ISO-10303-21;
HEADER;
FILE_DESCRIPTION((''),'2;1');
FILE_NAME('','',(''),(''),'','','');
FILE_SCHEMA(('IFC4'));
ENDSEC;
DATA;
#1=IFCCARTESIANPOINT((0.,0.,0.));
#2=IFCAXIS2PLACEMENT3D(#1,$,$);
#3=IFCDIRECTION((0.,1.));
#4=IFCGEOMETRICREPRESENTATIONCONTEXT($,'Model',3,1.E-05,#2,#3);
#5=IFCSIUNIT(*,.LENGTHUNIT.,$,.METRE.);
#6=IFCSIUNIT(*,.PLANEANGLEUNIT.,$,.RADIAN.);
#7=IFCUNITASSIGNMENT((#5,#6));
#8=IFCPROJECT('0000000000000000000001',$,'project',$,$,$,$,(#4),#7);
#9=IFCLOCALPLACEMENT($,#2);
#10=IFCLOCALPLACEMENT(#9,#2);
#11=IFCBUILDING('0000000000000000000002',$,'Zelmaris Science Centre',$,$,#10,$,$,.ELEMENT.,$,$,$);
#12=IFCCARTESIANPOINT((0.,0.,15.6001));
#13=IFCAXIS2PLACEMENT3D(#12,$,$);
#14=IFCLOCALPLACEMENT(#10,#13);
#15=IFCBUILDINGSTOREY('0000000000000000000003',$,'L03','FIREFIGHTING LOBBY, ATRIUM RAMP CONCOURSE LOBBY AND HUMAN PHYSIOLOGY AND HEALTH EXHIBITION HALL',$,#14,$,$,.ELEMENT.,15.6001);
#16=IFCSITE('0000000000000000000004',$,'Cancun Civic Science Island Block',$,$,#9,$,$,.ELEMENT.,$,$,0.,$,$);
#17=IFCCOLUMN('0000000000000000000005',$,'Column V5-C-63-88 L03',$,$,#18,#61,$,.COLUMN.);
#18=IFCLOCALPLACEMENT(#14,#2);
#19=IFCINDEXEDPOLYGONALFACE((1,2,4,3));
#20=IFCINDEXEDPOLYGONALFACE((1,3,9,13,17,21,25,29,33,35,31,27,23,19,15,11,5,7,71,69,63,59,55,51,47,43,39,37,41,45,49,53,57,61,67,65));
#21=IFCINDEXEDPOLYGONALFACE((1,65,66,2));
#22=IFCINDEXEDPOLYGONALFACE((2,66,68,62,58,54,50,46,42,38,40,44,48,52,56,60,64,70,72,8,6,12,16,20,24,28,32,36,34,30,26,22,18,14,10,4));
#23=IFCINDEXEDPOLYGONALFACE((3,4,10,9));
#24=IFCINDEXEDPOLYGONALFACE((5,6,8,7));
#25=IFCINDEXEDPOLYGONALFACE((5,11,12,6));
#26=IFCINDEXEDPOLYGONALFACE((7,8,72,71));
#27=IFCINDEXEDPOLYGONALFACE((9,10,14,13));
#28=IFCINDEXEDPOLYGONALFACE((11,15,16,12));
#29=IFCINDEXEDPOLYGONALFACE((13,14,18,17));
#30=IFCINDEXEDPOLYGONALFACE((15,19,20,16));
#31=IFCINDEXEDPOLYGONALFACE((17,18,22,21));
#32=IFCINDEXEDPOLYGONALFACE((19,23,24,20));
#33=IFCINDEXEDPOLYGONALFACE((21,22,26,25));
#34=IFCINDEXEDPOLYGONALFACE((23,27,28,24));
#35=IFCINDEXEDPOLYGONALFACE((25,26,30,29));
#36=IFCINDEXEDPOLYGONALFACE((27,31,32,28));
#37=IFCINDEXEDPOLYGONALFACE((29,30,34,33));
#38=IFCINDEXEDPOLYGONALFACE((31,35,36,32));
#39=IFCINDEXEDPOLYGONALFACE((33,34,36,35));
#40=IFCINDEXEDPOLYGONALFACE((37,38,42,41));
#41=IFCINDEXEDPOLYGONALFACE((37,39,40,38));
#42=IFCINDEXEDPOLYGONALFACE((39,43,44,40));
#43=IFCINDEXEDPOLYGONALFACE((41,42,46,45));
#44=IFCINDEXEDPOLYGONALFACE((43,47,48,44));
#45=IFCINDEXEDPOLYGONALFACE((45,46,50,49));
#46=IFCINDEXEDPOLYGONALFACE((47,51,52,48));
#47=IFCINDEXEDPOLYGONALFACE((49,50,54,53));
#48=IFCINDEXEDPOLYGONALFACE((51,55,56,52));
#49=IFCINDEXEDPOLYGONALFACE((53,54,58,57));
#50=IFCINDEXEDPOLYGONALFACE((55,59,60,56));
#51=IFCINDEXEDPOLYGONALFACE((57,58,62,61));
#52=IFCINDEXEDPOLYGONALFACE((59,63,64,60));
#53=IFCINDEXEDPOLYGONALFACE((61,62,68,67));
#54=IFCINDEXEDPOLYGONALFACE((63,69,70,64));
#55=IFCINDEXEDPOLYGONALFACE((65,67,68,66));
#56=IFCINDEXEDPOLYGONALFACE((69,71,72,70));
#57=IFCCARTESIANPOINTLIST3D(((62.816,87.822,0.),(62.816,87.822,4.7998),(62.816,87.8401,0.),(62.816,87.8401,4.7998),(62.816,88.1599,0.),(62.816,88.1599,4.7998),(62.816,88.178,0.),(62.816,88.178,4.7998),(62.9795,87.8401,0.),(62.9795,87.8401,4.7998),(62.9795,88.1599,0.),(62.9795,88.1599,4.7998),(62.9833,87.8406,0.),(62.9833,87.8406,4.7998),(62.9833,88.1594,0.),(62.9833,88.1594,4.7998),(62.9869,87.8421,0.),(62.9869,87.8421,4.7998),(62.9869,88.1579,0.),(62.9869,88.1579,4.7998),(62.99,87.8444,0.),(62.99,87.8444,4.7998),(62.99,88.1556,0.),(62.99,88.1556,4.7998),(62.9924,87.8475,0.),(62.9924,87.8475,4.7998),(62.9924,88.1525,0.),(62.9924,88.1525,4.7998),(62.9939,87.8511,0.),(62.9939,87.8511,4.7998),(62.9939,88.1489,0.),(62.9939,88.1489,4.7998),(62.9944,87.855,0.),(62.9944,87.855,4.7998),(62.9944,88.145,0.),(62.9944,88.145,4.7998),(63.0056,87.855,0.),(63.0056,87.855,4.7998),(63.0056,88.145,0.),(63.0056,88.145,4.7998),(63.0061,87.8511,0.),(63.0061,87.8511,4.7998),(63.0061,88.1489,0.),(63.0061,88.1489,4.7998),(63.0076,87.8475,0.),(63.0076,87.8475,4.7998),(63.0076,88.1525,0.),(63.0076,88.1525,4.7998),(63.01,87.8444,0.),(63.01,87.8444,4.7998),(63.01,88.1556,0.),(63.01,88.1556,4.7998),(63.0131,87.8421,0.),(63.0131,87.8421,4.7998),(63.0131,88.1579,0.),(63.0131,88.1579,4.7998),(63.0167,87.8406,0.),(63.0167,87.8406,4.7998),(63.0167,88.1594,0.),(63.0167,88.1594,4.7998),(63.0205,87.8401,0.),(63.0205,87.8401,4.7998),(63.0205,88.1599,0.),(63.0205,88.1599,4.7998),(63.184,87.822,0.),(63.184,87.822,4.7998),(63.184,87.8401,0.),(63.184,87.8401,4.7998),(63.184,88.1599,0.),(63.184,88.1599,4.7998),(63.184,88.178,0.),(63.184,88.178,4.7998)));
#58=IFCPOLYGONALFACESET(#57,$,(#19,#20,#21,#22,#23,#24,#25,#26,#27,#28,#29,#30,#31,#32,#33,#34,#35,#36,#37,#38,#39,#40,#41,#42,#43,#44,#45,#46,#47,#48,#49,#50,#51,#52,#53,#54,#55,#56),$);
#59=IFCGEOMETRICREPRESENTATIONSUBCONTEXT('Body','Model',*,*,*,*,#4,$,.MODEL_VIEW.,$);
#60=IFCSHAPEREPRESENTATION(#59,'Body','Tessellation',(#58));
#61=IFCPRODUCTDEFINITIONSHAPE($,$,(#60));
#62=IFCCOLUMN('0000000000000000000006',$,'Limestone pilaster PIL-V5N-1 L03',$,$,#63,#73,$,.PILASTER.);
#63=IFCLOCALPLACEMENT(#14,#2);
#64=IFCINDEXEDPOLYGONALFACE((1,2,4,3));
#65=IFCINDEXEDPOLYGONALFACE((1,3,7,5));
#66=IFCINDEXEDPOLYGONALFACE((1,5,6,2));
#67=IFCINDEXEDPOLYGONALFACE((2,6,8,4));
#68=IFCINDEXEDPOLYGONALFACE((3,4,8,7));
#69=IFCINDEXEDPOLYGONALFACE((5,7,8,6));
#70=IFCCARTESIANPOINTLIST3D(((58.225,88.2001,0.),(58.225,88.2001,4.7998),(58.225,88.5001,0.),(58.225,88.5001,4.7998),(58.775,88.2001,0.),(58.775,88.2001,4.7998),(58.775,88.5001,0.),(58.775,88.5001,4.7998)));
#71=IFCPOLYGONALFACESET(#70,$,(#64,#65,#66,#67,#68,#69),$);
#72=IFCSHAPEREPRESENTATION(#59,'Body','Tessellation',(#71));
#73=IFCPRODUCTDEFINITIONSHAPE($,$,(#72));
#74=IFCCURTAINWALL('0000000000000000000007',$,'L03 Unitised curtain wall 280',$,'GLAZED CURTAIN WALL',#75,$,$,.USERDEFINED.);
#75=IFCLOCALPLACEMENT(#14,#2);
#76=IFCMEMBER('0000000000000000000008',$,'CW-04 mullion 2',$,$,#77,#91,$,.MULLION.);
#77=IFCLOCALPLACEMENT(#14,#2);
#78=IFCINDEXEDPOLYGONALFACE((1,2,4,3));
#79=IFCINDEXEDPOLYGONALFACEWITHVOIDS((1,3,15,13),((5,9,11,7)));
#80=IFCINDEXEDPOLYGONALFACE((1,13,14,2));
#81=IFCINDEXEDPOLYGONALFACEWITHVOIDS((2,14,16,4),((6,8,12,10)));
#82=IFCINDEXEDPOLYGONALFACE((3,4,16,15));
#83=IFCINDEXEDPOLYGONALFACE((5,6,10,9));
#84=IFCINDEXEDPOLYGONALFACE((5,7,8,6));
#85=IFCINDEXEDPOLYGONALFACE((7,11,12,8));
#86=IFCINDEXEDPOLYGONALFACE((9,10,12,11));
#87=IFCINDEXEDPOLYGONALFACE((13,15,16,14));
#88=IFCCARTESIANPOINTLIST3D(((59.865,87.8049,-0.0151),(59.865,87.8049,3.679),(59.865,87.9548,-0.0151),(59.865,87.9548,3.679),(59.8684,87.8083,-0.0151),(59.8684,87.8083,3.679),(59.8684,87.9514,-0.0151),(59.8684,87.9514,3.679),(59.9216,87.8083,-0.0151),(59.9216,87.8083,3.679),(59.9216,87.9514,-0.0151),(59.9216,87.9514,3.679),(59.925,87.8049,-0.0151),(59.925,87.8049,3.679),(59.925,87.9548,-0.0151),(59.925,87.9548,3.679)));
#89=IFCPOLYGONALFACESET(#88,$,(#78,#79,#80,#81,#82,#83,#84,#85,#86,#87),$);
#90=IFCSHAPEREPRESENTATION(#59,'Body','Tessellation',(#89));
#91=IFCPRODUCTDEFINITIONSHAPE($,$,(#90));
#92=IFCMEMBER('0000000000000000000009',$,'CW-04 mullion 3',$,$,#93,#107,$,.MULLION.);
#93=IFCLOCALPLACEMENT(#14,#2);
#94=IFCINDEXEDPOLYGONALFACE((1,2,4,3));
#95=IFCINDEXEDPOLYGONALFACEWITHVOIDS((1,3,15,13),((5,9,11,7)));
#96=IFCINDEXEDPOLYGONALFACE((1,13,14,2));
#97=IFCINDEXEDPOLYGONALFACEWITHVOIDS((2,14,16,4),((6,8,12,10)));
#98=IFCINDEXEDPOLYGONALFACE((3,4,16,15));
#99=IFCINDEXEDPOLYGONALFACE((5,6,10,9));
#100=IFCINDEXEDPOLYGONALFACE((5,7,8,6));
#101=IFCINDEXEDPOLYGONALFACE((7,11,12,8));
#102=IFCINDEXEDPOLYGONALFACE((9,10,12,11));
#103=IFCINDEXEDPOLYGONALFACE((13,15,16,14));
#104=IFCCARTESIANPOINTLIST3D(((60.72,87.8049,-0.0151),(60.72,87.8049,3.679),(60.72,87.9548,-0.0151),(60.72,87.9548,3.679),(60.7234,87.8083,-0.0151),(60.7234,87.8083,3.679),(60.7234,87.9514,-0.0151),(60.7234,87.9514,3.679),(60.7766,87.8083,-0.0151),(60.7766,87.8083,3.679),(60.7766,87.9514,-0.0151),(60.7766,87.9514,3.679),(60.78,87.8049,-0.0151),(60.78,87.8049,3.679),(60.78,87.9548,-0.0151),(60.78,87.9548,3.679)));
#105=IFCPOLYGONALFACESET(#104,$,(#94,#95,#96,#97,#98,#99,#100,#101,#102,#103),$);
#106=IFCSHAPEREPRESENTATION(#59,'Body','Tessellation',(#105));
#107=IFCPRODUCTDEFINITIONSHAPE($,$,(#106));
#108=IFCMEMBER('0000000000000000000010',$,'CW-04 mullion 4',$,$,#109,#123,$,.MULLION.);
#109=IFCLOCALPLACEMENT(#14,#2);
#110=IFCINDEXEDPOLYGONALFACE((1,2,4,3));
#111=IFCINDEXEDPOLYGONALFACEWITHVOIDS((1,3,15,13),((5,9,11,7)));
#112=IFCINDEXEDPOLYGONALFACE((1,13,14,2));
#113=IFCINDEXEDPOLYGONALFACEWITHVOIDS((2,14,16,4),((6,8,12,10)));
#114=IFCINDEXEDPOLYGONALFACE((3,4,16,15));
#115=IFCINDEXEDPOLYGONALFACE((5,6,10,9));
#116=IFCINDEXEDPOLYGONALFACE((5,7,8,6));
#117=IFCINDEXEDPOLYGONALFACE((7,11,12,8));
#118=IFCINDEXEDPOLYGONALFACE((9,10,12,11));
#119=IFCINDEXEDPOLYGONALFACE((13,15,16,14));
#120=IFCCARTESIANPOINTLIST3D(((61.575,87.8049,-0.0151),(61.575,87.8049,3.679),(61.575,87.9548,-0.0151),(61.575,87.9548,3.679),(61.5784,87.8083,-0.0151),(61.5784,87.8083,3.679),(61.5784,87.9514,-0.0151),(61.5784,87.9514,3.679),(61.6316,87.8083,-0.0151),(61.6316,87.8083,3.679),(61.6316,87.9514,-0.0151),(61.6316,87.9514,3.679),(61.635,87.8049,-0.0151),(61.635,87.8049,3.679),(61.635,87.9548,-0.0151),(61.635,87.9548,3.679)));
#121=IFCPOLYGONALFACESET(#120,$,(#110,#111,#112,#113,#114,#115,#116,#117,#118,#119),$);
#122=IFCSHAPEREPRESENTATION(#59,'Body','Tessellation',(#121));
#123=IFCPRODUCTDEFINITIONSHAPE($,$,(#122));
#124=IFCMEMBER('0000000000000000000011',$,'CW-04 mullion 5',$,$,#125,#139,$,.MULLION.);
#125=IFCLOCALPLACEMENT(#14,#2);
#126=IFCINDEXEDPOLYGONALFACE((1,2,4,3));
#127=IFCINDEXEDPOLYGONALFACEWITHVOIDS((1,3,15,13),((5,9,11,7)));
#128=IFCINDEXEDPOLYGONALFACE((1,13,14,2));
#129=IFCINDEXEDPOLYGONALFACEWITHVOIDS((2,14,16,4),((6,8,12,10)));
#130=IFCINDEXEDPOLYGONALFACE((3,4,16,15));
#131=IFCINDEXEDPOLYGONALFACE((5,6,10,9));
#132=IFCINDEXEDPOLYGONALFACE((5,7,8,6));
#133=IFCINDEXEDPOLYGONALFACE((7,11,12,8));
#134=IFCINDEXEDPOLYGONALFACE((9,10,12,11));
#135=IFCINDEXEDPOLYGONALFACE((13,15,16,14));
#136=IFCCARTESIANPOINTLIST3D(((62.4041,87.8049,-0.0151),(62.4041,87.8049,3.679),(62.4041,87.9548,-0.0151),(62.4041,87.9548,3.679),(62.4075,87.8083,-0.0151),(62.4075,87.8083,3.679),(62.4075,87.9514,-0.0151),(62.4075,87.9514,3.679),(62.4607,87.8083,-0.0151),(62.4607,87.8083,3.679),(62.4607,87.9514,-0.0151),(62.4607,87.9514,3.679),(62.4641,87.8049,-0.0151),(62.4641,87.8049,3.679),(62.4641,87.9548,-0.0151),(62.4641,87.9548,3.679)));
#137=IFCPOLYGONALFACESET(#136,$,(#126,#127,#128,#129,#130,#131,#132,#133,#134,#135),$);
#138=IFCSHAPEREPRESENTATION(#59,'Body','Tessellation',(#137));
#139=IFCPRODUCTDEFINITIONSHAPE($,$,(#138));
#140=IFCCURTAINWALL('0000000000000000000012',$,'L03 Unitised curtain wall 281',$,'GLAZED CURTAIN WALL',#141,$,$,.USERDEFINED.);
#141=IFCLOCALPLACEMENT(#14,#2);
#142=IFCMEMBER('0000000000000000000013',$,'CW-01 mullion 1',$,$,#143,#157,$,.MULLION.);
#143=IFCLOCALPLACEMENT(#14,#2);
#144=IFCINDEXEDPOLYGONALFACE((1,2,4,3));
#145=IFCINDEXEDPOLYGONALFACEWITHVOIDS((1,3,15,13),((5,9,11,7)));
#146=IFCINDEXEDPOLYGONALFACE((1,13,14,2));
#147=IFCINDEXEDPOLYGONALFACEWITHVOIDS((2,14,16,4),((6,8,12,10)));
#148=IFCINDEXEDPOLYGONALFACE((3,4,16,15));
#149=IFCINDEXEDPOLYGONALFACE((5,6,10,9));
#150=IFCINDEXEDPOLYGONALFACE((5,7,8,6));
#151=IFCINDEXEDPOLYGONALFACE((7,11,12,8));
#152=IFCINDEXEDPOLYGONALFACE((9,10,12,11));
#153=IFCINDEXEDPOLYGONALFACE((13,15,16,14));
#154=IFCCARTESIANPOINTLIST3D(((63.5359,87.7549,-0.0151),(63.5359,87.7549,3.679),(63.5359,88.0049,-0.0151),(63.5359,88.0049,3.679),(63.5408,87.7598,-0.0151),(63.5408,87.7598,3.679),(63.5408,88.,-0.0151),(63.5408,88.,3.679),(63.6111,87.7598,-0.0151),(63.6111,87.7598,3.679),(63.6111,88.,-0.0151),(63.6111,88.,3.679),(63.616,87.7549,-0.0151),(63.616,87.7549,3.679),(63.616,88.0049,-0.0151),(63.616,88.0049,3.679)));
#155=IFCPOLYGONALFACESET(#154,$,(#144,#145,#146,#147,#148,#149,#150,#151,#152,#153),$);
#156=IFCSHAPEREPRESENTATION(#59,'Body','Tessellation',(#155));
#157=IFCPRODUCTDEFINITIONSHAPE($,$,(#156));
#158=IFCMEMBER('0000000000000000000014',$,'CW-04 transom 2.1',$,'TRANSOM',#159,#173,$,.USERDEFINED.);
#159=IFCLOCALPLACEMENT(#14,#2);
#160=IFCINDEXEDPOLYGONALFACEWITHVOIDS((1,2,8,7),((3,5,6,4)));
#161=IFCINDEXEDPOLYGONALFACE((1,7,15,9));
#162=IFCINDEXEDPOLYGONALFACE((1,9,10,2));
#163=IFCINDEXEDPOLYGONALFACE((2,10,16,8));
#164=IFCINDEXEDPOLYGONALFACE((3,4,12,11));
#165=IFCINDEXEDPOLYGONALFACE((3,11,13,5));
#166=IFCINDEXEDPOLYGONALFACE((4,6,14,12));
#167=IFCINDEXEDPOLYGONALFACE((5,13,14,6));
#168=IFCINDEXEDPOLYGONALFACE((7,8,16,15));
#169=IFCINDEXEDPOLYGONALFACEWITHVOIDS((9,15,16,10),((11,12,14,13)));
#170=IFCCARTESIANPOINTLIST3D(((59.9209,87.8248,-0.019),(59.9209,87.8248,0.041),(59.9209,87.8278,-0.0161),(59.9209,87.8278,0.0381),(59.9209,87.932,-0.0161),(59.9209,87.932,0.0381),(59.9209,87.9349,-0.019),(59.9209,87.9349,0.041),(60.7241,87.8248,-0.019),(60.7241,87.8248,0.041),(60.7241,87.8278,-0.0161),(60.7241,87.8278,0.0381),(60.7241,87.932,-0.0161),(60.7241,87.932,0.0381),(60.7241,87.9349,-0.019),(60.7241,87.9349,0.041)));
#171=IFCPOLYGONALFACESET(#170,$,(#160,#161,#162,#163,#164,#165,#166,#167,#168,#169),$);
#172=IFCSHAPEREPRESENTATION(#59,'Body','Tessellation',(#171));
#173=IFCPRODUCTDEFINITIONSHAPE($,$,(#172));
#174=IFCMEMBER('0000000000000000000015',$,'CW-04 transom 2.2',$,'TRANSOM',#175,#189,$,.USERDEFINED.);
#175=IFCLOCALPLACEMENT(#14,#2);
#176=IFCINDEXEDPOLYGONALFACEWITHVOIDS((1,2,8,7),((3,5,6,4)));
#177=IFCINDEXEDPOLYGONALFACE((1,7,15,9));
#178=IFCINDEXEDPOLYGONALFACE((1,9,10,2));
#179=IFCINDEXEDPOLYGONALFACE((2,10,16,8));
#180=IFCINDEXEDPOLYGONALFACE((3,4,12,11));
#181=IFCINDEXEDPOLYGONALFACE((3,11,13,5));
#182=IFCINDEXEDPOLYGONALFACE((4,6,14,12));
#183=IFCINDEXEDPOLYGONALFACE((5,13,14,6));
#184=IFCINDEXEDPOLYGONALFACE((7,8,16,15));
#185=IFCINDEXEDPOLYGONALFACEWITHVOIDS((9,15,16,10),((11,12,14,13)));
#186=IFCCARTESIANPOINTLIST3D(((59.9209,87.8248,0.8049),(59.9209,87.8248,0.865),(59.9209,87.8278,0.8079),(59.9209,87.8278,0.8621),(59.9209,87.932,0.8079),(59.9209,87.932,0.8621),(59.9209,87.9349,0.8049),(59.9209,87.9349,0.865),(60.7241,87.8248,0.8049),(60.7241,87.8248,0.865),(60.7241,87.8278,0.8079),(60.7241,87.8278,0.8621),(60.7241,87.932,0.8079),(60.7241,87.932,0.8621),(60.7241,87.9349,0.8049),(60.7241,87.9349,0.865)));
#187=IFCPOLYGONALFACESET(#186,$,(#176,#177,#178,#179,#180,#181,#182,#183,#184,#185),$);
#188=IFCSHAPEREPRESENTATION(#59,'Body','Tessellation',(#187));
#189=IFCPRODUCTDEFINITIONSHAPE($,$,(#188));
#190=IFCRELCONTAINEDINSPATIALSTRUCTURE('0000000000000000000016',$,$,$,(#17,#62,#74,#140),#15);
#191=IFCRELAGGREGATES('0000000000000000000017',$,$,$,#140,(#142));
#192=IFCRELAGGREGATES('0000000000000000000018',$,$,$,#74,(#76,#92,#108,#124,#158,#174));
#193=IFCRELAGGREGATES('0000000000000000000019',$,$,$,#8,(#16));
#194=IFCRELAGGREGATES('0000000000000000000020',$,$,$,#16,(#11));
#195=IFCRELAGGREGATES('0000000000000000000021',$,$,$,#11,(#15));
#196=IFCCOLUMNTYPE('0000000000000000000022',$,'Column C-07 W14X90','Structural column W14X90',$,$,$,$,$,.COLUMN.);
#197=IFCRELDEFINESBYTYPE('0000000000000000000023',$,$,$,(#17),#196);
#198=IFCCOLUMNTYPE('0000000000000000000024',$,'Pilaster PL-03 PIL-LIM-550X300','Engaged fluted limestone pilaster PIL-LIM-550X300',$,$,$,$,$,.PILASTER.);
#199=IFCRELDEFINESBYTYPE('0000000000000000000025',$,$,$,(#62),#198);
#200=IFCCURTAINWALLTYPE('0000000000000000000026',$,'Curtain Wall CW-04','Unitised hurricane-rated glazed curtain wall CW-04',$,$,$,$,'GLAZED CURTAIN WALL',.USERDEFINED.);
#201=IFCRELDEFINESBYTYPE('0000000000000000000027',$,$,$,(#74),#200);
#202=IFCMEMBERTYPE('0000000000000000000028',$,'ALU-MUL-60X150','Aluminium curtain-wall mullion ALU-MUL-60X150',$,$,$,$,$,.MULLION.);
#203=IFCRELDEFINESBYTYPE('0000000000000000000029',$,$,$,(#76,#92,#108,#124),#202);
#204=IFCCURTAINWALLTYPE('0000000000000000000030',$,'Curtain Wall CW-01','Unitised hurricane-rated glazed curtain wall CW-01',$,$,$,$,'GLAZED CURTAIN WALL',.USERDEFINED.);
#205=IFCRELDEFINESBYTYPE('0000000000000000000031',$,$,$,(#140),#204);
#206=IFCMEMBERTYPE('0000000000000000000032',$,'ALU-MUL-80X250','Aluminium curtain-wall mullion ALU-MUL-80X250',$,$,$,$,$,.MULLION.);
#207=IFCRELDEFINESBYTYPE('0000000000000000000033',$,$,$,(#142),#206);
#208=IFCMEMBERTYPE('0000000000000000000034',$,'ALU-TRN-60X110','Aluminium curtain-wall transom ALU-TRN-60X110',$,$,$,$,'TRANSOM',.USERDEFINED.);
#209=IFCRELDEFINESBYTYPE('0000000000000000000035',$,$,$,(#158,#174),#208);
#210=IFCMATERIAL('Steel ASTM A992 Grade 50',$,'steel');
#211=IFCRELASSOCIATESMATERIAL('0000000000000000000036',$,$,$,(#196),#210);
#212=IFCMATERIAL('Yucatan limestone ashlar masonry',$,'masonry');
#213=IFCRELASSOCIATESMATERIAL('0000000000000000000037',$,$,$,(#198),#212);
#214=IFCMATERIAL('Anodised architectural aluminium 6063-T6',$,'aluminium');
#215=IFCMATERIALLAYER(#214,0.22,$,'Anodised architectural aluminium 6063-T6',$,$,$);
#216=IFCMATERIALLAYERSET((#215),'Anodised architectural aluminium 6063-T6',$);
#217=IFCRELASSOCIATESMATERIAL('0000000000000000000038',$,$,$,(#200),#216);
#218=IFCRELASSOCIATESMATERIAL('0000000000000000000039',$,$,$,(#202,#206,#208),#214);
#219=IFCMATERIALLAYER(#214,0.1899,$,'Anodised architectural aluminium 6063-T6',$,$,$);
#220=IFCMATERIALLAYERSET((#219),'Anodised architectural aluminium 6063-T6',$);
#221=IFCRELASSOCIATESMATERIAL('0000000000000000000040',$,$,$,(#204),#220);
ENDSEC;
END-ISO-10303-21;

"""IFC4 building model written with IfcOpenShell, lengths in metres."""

from ifc_helpers import new_model, si_unit, direction, frame, origin, origin_2d, place, context, subcontext, project, spatial, rectangle, hollow_rectangle, i_section, extrude, material, layer, layer_set, material_profile, profile_set, type_object, element, aggregate, save


model = new_model("IFC4")

# Units and contexts
model_context = context("Model", 3, precision=1e-05, world=origin(), true_north=direction((0.0, 1.0)))
body_context = subcontext(model_context, "Body", "Model", "MODEL_VIEW")
ifc_project = project(units=[si_unit("LENGTHUNIT", "METRE"), si_unit("PLANEANGLEUNIT", "RADIAN")], contexts=[model_context])

# Site, building, storey
site_placement = place(None, origin())
site = spatial("IfcSite", under=ifc_project, at=site_placement, Name="Cancun Civic Science Island Block", CompositionType="ELEMENT", RefElevation=0.0)
building_placement = place(site_placement, origin())
building = spatial("IfcBuilding", under=site, at=building_placement, Name="Zelmaris Science Centre", CompositionType="ELEMENT")
storey_placement = place(building_placement, frame((0.0, 0.0, 15.6001)))
storey = spatial("IfcBuildingStorey", under=building, at=storey_placement, Name="L03", Description="FIREFIGHTING LOBBY, ATRIUM RAMP CONCOURSE LOBBY AND HUMAN PHYSIOLOGY AND HEALTH EXHIBITION HALL", CompositionType="ELEMENT", Elevation=15.6001)

# Columns
ifc_material_1 = material(Name="Steel ASTM A992 Grade 50", Category="steel")
ifc_material_profile_1 = material_profile(ifc_material_1, i_section(OverallWidth=0.3679, OverallDepth=0.356, WebThickness=0.0112, FlangeThickness=0.0181, FilletRadius=0.0149, at=origin_2d()), Name="W14X90")
ifc_profile_set_1 = profile_set([ifc_material_profile_1], Name="Steel ASTM A992 Grade 50")
column_type_1 = type_object("IfcColumnType", Name="Column C-07 W14X90", Description="Structural column W14X90", PredefinedType="COLUMN", material=ifc_profile_set_1)
column_1_placement = place(storey_placement, frame((63.0, 88.0, 0.0), z_axis=(0.0, 0.0, 1.0), x_axis=(1.0, 0.0, 0.0)))
element("IfcColumn", 1, at=column_1_placement, inside=storey, type_object=column_type_1, Name="Column V5-C-63-88 L03", PredefinedType="COLUMN", context=body_context, shape_type="SweptSolid", body=[
    extrude(i_section(OverallWidth=0.3679, OverallDepth=0.356, WebThickness=0.0112, FlangeThickness=0.0181, FilletRadius=0.0149, at=origin_2d()), origin(), (0.0, 0.0, 1.0), 4.7998),
])
ifc_material_2 = material(Name="Yucatan limestone ashlar masonry", Category="masonry")
ifc_material_profile_2 = material_profile(ifc_material_2, rectangle(XDim=0.55, YDim=0.3, at=origin_2d()), Name="PIL-LIM-550X300")
ifc_profile_set_2 = profile_set([ifc_material_profile_2], Name="Yucatan limestone ashlar masonry")
column_type_2 = type_object("IfcColumnType", Name="Pilaster PL-03 PIL-LIM-550X300", Description="Engaged fluted limestone pilaster PIL-LIM-550X300", PredefinedType="PILASTER", material=ifc_profile_set_2)
column_2_placement = place(storey_placement, frame((58.5, 88.3501, 0.0), z_axis=(0.0, 0.0, 1.0), x_axis=(1.0, 0.0, 0.0)))
element("IfcColumn", 2, at=column_2_placement, inside=storey, type_object=column_type_2, Name="Limestone pilaster PIL-V5N-1 L03", PredefinedType="PILASTER", context=body_context, shape_type="SweptSolid", body=[
    extrude(rectangle(XDim=0.55, YDim=0.3, at=origin_2d()), origin(), (0.0, 0.0, 1.0), 4.7998),
])

# Curtain wall, members
ifc_material_3 = material(Name="Anodised architectural aluminium 6063-T6", Category="aluminium")
ifc_layer_1 = layer(ifc_material_3, 0.22, Name="Anodised architectural aluminium 6063-T6")
ifc_layer_set_1 = layer_set([ifc_layer_1], Name="Anodised architectural aluminium 6063-T6")
curtain_wall_type_1 = type_object("IfcCurtainWallType", Name="Curtain Wall CW-04", Description="Unitised hurricane-rated glazed curtain wall CW-04", ElementType="GLAZED CURTAIN WALL", PredefinedType="USERDEFINED", material=ifc_layer_set_1)
curtain_wall_1_placement = place(storey_placement, origin())
curtain_wall_1 = element("IfcCurtainWall", 3, at=curtain_wall_1_placement, inside=storey, type_object=curtain_wall_type_1, Name="L03 Unitised curtain wall 280", ObjectType="GLAZED CURTAIN WALL", PredefinedType="USERDEFINED")
ifc_material_profile_3 = material_profile(ifc_material_3, hollow_rectangle(XDim=0.0601, YDim=0.1499, WallThickness=0.0034, at=origin_2d()), Name="ALU-MUL-60X150")
ifc_profile_set_3 = profile_set([ifc_material_profile_3], Name="Anodised architectural aluminium 6063-T6")
member_type_1 = type_object("IfcMemberType", Name="ALU-MUL-60X150", Description="Aluminium curtain-wall mullion ALU-MUL-60X150", PredefinedType="MULLION", material=ifc_profile_set_3)
member_1_placement = place(storey_placement, frame((59.895, 87.8799, -0.0151), z_axis=(0.0, 0.0, 1.0), x_axis=(1.0, 0.0, 0.0)))
member_1 = element("IfcMember", 4, at=member_1_placement, type_object=member_type_1, Name="CW-04 mullion 2", PredefinedType="MULLION", context=body_context, shape_type="SweptSolid", body=[
    extrude(hollow_rectangle(XDim=0.0601, YDim=0.1499, WallThickness=0.0034, at=origin_2d()), origin(), (0.0, 0.0, 1.0), 3.6941),
])
member_2_placement = place(storey_placement, frame((60.75, 87.8799, -0.0151), z_axis=(0.0, 0.0, 1.0), x_axis=(1.0, 0.0, 0.0)))
member_2 = element("IfcMember", 5, at=member_2_placement, type_object=member_type_1, Name="CW-04 mullion 3", PredefinedType="MULLION", context=body_context, shape_type="SweptSolid", body=[
    extrude(hollow_rectangle(XDim=0.0601, YDim=0.1499, WallThickness=0.0034, at=origin_2d()), origin(), (0.0, 0.0, 1.0), 3.6941),
])
member_3_placement = place(storey_placement, frame((61.605, 87.8799, -0.0151), z_axis=(0.0, 0.0, 1.0), x_axis=(1.0, 0.0, 0.0)))
member_3 = element("IfcMember", 6, at=member_3_placement, type_object=member_type_1, Name="CW-04 mullion 4", PredefinedType="MULLION", context=body_context, shape_type="SweptSolid", body=[
    extrude(hollow_rectangle(XDim=0.0601, YDim=0.1499, WallThickness=0.0034, at=origin_2d()), origin(), (0.0, 0.0, 1.0), 3.6941),
])
member_4_placement = place(storey_placement, frame((62.4341, 87.8799, -0.0151), z_axis=(0.0, 0.0, 1.0), x_axis=(1.0, 0.0, 0.0)))
member_4 = element("IfcMember", 7, at=member_4_placement, type_object=member_type_1, Name="CW-04 mullion 5", PredefinedType="MULLION", context=body_context, shape_type="SweptSolid", body=[
    extrude(hollow_rectangle(XDim=0.0601, YDim=0.1499, WallThickness=0.0034, at=origin_2d()), origin(), (0.0, 0.0, 1.0), 3.6941),
])

# Curtain wall, member
ifc_layer_2 = layer(ifc_material_3, 0.1899, Name="Anodised architectural aluminium 6063-T6")
ifc_layer_set_2 = layer_set([ifc_layer_2], Name="Anodised architectural aluminium 6063-T6")
curtain_wall_type_2 = type_object("IfcCurtainWallType", Name="Curtain Wall CW-01", Description="Unitised hurricane-rated glazed curtain wall CW-01", ElementType="GLAZED CURTAIN WALL", PredefinedType="USERDEFINED", material=ifc_layer_set_2)
curtain_wall_2_placement = place(storey_placement, origin())
curtain_wall_2 = element("IfcCurtainWall", 8, at=curtain_wall_2_placement, inside=storey, type_object=curtain_wall_type_2, Name="L03 Unitised curtain wall 281", ObjectType="GLAZED CURTAIN WALL", PredefinedType="USERDEFINED")
ifc_material_profile_4 = material_profile(ifc_material_3, hollow_rectangle(XDim=0.0801, YDim=0.25, WallThickness=0.0049, at=origin_2d()), Name="ALU-MUL-80X250")
ifc_profile_set_4 = profile_set([ifc_material_profile_4], Name="Anodised architectural aluminium 6063-T6")
member_type_2 = type_object("IfcMemberType", Name="ALU-MUL-80X250", Description="Aluminium curtain-wall mullion ALU-MUL-80X250", PredefinedType="MULLION", material=ifc_profile_set_4)
member_5_placement = place(storey_placement, frame((63.5759, 87.8799, -0.0151), z_axis=(0.0, 0.0, 1.0), x_axis=(1.0, 0.0, 0.0)))
member_5 = element("IfcMember", 9, at=member_5_placement, type_object=member_type_2, Name="CW-01 mullion 1", PredefinedType="MULLION", context=body_context, shape_type="SweptSolid", body=[
    extrude(hollow_rectangle(XDim=0.0801, YDim=0.25, WallThickness=0.0049, at=origin_2d()), origin(), (0.0, 0.0, 1.0), 3.6941),
])

# Members
ifc_material_profile_5 = material_profile(ifc_material_3, hollow_rectangle(XDim=0.0601, YDim=0.1101, WallThickness=0.0029, at=origin_2d()), Name="ALU-TRN-60X110")
ifc_profile_set_5 = profile_set([ifc_material_profile_5], Name="Anodised architectural aluminium 6063-T6")
member_type_3 = type_object("IfcMemberType", Name="ALU-TRN-60X110", Description="Aluminium curtain-wall transom ALU-TRN-60X110", ElementType="TRANSOM", PredefinedType="USERDEFINED", material=ifc_profile_set_5)
member_6_placement = place(storey_placement, frame((59.9209, 87.8799, 0.011), z_axis=(1.0, 0.0, 0.0), x_axis=(0.0, 0.0, 1.0)))
member_6 = element("IfcMember", 10, at=member_6_placement, type_object=member_type_3, Name="CW-04 transom 2.1", ObjectType="TRANSOM", PredefinedType="USERDEFINED", context=body_context, shape_type="SweptSolid", body=[
    extrude(hollow_rectangle(XDim=0.0601, YDim=0.1101, WallThickness=0.0029, at=origin_2d()), origin(), (0.0, 0.0, 1.0), 0.8032),
])
member_7_placement = place(storey_placement, frame((59.9209, 87.8799, 0.835), z_axis=(1.0, 0.0, 0.0), x_axis=(0.0, 0.0, 1.0)))
member_7 = element("IfcMember", 11, at=member_7_placement, type_object=member_type_3, Name="CW-04 transom 2.2", ObjectType="TRANSOM", PredefinedType="USERDEFINED", context=body_context, shape_type="SweptSolid", body=[
    extrude(hollow_rectangle(XDim=0.0601, YDim=0.1101, WallThickness=0.0029, at=origin_2d()), origin(), (0.0, 0.0, 1.0), 0.8032),
])
aggregate(curtain_wall_2, [member_5])

aggregate(curtain_wall_1, [member_1, member_2, member_3, member_4, member_6, member_7])

save(model, "model.ifc")
